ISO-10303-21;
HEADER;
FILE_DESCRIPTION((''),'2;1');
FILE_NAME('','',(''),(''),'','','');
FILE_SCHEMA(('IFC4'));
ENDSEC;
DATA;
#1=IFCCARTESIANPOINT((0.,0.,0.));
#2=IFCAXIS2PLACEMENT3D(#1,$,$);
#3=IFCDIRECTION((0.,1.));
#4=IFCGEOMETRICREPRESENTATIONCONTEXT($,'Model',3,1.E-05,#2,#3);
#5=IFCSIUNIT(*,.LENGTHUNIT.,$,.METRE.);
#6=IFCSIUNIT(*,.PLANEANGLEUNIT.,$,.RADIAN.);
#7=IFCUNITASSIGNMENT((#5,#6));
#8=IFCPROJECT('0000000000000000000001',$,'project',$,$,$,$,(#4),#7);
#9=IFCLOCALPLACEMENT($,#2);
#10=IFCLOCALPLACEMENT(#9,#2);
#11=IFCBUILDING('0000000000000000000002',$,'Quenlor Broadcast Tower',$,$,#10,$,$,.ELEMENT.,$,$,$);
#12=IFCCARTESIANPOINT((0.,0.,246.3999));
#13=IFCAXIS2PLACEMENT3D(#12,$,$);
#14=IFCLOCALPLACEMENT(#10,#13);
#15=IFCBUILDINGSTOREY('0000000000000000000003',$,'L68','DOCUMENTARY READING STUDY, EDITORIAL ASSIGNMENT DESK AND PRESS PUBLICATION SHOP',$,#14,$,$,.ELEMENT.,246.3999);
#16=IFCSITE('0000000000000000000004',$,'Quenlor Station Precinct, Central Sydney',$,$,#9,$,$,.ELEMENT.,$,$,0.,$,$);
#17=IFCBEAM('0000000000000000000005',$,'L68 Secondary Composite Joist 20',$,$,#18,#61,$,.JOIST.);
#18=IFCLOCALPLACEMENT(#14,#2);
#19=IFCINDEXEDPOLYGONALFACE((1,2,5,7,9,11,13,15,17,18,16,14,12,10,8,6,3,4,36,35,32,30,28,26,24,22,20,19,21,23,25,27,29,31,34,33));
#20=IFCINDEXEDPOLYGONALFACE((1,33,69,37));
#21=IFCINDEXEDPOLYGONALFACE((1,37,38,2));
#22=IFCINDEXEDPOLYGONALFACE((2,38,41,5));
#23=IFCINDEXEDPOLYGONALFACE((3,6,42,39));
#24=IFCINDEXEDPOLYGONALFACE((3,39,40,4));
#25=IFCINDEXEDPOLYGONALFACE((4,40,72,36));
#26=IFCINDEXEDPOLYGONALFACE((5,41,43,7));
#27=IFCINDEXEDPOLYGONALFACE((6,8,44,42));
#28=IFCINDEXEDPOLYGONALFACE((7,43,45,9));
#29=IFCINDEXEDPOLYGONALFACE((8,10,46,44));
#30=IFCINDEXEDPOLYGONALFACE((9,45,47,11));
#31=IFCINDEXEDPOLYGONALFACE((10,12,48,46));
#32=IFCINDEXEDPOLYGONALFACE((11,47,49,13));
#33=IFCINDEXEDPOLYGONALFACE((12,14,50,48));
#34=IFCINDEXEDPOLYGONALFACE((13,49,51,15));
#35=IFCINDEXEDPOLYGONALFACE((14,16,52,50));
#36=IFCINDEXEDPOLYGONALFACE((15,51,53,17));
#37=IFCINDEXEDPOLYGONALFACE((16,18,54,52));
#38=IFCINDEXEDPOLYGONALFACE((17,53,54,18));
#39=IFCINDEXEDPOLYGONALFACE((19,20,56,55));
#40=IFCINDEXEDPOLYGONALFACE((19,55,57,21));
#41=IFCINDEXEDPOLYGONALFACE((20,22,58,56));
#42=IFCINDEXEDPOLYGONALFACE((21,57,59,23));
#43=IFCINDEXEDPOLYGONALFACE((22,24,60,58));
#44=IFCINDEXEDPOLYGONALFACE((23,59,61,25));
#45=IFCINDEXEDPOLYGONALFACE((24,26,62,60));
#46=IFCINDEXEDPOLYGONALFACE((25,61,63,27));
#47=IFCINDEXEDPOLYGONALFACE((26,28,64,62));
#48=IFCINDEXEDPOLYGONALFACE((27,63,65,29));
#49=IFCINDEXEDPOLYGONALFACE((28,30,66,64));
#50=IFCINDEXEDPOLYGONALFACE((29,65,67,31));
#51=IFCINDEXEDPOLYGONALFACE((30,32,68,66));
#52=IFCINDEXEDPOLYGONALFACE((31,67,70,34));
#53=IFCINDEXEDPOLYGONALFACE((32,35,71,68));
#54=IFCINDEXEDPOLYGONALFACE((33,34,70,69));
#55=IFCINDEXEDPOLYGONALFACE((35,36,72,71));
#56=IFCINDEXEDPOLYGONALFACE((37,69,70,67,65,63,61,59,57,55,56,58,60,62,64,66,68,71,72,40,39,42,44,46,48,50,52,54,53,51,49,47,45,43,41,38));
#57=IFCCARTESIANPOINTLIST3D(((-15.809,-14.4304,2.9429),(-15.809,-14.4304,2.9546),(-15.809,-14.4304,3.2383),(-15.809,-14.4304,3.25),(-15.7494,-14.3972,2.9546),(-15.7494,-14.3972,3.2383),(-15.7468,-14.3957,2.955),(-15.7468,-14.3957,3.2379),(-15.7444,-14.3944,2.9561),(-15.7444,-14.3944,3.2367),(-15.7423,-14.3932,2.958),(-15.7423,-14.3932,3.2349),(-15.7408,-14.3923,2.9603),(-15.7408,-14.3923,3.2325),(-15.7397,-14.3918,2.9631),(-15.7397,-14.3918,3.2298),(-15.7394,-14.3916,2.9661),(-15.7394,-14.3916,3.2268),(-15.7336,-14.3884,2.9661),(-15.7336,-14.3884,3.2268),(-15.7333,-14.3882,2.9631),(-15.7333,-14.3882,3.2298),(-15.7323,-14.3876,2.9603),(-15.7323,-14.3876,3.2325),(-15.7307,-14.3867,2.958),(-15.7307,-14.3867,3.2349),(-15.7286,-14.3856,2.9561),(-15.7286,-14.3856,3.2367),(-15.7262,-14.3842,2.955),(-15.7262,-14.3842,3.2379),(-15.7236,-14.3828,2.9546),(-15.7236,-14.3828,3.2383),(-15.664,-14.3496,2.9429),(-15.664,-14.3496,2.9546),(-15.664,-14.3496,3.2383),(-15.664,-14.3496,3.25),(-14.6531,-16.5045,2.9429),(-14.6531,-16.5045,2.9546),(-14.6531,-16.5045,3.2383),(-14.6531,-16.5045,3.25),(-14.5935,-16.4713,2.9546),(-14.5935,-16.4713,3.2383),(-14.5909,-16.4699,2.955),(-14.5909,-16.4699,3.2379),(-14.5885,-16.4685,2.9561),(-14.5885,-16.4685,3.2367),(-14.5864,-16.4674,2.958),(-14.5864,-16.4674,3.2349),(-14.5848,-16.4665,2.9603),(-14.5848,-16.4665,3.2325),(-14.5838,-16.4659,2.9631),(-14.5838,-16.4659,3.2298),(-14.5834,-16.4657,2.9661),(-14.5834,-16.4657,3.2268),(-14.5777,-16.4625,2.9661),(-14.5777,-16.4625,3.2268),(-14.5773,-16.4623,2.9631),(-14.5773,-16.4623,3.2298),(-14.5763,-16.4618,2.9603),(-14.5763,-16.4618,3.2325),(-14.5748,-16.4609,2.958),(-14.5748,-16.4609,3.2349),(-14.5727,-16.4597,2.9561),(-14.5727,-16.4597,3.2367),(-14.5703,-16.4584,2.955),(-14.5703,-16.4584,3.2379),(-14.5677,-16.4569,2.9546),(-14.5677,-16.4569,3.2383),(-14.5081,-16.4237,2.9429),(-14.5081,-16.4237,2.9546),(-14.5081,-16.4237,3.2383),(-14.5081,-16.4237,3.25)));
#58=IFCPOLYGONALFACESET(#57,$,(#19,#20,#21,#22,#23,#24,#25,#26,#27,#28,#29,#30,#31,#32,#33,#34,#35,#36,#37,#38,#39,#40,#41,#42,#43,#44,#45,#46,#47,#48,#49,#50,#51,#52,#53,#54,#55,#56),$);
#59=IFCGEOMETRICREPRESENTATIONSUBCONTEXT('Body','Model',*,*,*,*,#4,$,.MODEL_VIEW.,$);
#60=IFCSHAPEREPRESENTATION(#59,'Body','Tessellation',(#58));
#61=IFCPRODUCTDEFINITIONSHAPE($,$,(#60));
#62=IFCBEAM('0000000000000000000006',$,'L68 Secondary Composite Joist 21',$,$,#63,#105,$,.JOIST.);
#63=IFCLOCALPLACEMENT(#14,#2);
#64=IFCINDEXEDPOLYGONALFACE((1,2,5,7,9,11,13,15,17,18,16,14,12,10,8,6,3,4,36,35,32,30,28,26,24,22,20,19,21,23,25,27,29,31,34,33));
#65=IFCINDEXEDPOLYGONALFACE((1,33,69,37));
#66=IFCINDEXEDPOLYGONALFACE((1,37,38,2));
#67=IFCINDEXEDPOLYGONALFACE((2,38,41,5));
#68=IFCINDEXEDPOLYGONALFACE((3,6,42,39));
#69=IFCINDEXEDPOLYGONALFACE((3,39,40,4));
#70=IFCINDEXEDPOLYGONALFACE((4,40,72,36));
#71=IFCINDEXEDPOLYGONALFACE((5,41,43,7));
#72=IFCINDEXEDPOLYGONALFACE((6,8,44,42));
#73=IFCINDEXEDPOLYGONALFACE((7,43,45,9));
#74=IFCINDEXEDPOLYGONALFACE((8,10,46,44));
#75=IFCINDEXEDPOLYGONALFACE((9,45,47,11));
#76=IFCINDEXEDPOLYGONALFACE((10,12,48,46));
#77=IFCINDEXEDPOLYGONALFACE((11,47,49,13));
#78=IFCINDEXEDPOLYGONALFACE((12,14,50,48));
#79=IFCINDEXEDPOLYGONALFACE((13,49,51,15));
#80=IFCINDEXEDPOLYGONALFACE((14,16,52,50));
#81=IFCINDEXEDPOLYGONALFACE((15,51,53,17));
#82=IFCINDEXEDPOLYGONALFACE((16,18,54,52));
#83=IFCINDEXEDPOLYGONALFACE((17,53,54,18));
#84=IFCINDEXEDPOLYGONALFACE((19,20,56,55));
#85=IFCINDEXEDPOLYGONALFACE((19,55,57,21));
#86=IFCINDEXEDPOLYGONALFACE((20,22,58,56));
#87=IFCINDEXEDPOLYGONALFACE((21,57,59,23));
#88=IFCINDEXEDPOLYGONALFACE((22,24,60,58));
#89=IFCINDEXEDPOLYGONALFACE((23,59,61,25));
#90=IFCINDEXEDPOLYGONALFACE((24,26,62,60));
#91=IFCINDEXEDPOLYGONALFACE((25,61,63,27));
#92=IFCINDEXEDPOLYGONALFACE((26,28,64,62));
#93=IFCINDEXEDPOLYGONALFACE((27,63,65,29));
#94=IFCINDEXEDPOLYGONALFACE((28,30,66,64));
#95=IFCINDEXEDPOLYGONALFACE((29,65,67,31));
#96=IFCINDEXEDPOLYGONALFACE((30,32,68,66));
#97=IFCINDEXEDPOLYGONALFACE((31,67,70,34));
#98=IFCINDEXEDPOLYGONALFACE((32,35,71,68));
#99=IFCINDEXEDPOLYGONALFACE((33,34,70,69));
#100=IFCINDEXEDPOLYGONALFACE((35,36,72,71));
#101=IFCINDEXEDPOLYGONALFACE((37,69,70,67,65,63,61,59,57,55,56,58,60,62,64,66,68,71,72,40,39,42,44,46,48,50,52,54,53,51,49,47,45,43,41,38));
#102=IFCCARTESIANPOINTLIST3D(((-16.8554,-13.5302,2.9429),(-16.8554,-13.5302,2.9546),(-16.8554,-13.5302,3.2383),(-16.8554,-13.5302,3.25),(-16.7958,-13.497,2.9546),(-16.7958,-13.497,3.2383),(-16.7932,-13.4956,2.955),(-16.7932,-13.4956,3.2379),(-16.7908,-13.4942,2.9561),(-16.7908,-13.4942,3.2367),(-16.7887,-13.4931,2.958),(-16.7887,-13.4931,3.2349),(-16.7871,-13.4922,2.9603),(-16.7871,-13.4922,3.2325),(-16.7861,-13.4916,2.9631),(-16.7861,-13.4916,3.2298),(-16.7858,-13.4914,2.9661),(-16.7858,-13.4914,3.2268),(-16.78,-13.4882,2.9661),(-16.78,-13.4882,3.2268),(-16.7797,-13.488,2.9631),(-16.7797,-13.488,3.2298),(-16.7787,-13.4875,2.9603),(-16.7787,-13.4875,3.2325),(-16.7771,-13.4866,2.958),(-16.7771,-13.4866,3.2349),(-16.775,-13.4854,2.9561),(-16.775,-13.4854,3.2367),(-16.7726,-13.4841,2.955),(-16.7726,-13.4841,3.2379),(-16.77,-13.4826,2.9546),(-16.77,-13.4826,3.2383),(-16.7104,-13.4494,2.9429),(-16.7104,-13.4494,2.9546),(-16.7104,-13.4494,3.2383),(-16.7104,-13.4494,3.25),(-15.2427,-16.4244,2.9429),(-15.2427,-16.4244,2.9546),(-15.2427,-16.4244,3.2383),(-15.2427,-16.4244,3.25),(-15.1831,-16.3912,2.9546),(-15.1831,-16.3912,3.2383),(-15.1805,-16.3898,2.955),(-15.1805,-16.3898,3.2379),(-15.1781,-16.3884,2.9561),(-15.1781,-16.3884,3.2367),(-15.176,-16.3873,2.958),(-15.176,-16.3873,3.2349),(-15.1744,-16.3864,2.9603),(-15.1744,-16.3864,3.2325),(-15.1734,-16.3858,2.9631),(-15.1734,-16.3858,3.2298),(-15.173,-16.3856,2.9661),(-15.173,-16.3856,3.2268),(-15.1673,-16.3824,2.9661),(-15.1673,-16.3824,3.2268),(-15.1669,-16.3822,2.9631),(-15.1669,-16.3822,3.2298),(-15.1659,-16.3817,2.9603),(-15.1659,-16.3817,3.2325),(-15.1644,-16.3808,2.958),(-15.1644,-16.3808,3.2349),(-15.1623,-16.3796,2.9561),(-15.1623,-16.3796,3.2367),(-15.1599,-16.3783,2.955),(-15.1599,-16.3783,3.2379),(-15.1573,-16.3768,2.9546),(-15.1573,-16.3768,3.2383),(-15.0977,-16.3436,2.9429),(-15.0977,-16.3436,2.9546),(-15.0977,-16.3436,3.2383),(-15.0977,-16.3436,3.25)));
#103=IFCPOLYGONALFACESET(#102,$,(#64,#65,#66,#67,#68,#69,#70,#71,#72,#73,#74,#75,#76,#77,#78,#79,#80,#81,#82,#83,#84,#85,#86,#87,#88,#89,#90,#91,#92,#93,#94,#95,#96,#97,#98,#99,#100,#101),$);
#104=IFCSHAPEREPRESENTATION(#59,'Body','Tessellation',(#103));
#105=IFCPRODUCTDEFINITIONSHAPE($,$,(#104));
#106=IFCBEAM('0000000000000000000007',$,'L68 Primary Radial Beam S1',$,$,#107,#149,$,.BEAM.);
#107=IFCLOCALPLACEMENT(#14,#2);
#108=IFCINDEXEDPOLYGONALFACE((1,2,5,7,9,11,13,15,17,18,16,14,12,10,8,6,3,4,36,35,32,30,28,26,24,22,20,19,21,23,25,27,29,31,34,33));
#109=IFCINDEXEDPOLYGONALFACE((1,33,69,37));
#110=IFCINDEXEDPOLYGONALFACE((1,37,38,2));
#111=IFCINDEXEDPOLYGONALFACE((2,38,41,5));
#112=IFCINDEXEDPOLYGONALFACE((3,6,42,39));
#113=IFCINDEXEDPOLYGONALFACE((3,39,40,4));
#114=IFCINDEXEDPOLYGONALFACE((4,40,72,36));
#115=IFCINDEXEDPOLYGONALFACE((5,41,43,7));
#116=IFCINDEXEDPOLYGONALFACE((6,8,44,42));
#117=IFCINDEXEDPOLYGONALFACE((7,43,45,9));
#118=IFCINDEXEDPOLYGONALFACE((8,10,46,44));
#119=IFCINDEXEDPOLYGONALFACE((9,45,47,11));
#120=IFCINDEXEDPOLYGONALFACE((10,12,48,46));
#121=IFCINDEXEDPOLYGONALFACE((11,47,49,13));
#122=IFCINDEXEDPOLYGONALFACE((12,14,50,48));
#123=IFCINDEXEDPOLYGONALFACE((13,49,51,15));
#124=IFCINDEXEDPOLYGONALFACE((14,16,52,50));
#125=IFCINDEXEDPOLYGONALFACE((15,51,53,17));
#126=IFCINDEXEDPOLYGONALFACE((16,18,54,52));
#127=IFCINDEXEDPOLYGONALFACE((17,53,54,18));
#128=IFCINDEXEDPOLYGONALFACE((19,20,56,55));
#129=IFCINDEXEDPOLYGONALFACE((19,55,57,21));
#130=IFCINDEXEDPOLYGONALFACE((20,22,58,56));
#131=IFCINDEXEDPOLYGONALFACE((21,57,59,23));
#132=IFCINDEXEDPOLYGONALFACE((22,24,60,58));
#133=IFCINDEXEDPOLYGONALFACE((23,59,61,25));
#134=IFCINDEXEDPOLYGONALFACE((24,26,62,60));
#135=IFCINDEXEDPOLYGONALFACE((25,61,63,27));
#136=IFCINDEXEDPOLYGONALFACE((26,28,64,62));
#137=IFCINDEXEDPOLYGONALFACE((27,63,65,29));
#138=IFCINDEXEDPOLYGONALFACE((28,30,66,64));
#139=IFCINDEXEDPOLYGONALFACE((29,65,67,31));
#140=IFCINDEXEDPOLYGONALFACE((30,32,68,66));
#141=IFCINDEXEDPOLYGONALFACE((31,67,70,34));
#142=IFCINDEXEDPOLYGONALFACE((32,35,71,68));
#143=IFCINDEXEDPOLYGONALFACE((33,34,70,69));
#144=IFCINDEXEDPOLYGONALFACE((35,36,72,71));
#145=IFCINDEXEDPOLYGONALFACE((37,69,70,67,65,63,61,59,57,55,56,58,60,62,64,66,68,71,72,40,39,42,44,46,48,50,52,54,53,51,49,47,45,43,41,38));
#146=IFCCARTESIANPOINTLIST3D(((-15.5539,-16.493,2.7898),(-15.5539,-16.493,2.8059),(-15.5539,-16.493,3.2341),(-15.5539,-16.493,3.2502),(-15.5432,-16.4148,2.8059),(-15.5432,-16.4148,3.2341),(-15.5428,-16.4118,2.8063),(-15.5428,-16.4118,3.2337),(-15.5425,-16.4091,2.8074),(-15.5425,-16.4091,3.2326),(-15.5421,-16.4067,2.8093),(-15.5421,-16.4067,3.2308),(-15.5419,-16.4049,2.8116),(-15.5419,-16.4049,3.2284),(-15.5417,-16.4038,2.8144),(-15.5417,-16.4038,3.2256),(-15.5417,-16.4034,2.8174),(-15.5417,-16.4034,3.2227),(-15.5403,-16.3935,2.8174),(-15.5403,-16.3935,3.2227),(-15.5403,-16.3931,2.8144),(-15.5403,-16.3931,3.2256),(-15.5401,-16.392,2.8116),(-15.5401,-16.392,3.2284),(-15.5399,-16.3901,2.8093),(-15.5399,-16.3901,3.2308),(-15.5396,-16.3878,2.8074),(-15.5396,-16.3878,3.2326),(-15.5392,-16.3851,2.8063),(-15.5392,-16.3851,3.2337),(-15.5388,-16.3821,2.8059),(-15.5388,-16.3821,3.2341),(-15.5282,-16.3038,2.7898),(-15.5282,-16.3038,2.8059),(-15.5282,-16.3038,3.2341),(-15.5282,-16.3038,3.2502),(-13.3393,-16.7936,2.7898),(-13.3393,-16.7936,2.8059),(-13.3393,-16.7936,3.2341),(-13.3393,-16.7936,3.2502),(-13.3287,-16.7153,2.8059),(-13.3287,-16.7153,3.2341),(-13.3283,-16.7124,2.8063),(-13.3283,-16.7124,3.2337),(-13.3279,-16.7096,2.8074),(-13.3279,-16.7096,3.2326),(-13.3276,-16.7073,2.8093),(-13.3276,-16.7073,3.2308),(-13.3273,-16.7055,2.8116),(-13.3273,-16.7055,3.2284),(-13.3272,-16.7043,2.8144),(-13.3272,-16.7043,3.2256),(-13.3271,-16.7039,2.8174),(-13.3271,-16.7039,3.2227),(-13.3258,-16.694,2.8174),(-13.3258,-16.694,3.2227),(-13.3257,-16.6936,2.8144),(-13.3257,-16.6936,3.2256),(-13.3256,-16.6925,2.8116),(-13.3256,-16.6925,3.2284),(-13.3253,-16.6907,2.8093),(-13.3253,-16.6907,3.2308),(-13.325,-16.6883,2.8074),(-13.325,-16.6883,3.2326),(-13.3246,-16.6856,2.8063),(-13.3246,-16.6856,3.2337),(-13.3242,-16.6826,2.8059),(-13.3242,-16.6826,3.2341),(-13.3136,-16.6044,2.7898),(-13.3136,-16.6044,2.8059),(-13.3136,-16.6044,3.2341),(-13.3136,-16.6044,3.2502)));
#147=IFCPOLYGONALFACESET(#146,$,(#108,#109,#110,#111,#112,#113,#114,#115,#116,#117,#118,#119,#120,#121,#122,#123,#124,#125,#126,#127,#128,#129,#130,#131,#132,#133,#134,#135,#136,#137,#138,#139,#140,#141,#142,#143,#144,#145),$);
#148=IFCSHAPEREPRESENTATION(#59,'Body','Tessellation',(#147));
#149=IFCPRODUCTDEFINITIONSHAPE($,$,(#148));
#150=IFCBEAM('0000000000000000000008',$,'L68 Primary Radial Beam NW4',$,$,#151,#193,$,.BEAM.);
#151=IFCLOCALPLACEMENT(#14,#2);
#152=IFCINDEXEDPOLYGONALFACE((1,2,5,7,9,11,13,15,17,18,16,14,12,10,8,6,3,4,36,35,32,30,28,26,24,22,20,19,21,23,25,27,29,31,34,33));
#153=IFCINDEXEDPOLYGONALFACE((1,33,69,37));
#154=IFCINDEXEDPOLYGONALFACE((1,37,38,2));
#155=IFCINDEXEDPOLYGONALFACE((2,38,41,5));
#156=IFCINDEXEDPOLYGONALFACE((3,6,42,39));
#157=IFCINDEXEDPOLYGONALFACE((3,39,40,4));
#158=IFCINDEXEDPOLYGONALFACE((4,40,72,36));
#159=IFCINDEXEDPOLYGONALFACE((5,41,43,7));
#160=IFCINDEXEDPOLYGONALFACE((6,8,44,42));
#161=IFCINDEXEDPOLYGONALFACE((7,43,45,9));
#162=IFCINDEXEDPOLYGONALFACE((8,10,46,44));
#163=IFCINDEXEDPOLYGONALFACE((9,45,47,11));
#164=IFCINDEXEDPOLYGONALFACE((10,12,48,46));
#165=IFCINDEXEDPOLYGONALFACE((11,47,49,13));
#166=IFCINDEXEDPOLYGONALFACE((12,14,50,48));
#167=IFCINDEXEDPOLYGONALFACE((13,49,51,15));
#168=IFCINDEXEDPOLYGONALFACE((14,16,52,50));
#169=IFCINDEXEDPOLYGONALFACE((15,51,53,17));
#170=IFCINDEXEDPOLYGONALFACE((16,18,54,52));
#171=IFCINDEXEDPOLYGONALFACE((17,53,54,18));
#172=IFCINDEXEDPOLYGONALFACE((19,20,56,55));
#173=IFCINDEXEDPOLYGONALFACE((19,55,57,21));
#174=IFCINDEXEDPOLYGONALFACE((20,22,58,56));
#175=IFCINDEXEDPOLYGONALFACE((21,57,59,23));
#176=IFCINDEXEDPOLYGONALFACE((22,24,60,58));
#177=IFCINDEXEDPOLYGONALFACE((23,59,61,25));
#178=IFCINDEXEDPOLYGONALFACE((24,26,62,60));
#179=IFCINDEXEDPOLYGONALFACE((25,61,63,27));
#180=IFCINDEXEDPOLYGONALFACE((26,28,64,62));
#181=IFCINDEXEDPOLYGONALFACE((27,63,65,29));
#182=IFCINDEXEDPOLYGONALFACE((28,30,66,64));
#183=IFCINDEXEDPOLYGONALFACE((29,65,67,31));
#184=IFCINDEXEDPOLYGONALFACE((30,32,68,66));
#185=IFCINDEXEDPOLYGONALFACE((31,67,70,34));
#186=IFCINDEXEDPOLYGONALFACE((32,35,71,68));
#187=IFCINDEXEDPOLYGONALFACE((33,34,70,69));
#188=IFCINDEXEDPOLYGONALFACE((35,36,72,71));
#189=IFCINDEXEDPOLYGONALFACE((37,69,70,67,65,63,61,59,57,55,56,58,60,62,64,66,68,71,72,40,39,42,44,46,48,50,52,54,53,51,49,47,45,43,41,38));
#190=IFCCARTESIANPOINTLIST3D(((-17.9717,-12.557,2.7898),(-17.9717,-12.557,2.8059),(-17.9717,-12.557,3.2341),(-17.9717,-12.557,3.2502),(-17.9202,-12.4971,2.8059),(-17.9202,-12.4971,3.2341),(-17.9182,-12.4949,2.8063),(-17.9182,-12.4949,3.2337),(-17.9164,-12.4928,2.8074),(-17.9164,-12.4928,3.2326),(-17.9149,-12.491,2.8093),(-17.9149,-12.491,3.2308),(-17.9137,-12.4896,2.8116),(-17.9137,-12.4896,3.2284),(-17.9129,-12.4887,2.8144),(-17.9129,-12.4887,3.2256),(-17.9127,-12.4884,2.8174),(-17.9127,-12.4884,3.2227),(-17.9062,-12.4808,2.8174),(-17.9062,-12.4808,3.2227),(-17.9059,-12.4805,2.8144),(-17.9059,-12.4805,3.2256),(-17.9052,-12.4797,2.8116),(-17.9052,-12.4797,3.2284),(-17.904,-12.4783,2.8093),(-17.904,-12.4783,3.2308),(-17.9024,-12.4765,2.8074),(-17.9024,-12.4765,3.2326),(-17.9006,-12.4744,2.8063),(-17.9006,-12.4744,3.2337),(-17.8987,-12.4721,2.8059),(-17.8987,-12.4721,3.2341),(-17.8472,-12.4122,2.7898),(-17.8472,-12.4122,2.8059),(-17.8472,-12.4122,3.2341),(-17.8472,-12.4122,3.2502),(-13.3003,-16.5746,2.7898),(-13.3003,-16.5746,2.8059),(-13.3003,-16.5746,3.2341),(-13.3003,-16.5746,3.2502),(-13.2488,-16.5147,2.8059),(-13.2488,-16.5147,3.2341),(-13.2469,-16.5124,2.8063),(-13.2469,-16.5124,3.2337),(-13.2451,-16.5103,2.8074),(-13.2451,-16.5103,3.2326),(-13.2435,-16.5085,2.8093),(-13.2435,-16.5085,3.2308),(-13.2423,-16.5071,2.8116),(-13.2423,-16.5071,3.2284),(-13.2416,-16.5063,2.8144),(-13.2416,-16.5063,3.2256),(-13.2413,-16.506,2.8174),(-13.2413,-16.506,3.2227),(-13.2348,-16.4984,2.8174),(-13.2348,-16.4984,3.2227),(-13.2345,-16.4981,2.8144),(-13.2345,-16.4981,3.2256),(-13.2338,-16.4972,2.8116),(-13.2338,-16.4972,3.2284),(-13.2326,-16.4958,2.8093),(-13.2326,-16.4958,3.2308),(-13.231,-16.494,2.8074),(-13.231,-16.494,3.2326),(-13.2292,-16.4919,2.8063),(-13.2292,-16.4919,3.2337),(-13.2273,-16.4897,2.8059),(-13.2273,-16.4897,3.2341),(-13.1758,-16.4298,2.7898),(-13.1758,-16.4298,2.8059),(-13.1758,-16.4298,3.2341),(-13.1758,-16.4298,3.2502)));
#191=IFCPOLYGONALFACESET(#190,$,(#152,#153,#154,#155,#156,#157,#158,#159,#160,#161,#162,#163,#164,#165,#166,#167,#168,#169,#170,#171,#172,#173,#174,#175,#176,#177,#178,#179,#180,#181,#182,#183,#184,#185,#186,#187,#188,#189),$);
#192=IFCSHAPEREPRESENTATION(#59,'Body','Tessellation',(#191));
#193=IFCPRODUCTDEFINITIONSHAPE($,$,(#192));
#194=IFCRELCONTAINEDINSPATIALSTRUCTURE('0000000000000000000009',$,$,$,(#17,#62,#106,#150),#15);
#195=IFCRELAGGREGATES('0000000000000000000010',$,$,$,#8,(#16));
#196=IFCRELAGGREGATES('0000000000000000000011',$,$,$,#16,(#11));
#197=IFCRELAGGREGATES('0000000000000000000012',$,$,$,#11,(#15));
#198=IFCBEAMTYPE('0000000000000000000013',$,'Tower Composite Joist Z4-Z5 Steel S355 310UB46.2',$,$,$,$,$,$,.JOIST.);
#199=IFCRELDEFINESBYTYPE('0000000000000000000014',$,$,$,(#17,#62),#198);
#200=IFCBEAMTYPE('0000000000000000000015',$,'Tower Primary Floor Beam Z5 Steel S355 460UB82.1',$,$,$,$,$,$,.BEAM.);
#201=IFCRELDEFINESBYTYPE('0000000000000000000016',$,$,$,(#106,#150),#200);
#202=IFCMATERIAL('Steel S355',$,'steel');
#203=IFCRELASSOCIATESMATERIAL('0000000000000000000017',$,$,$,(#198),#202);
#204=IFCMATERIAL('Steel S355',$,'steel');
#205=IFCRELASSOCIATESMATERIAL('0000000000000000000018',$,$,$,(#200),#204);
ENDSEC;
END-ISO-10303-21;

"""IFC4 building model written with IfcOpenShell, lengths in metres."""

from ifc_helpers import new_model, si_unit, direction, frame, origin, origin_2d, place, context, subcontext, project, spatial, i_section, extrude, material, material_profile, profile_set, type_object, element, save


model = new_model("IFC4")

# Units and contexts
model_context = context("Model", 3, precision=1e-05, world=origin(), true_north=direction((0.0, 1.0)))
body_context = subcontext(model_context, "Body", "Model", "MODEL_VIEW")
ifc_project = project(units=[si_unit("LENGTHUNIT", "METRE"), si_unit("PLANEANGLEUNIT", "RADIAN")], contexts=[model_context])

# Site, building, storey
site_placement = place(None, origin())
site = spatial("IfcSite", under=ifc_project, at=site_placement, Name="Quenlor Station Precinct, Central Sydney", CompositionType="ELEMENT", RefElevation=0.0)
building_placement = place(site_placement, origin())
building = spatial("IfcBuilding", under=site, at=building_placement, Name="Quenlor Broadcast Tower", CompositionType="ELEMENT")
storey_placement = place(building_placement, frame((0.0, 0.0, 246.3999)))
storey = spatial("IfcBuildingStorey", under=building, at=storey_placement, Name="L68", Description="DOCUMENTARY READING STUDY, EDITORIAL ASSIGNMENT DESK AND PRESS PUBLICATION SHOP", CompositionType="ELEMENT", Elevation=246.3999)

# Beams
ifc_material_1 = material(Name="Steel S355", Category="steel")
ifc_material_profile_1 = material_profile(ifc_material_1, i_section(OverallWidth=0.166, OverallDepth=0.3071, WebThickness=0.0066, FlangeThickness=0.0117, FilletRadius=0.0115, at=origin_2d()))
ifc_profile_set_1 = profile_set([ifc_material_profile_1], Name="Steel S355 310UB46.2")
beam_type_1 = type_object("IfcBeamType", Name="Tower Composite Joist Z4-Z5 Steel S355 310UB46.2", PredefinedType="JOIST", material=ifc_profile_set_1)
beam_1_placement = place(storey_placement, frame((-14.5806, -16.4641, 3.0964), z_axis=(-0.486821, 0.873502, 0.0), x_axis=(-0.873502, -0.486821, 0.0)))
element("IfcBeam", 1, at=beam_1_placement, inside=storey, type_object=beam_type_1, Name="L68 Secondary Composite Joist 20", PredefinedType="JOIST", context=body_context, shape_type="SweptSolid", body=[
    extrude(i_section(OverallWidth=0.166, OverallDepth=0.3071, WebThickness=0.0066, FlangeThickness=0.0117, FilletRadius=0.0115, at=origin_2d()), origin(), (0.0, 0.0, 1.0), 2.3745),
])
beam_2_placement = place(storey_placement, frame((-15.1702, -16.384, 3.0964), z_axis=(-0.486762, 0.873534, 0.0), x_axis=(-0.873534, -0.486762, 0.0)))
element("IfcBeam", 2, at=beam_2_placement, inside=storey, type_object=beam_type_1, Name="L68 Secondary Composite Joist 21", PredefinedType="JOIST", context=body_context, shape_type="SweptSolid", body=[
    extrude(i_section(OverallWidth=0.166, OverallDepth=0.3071, WebThickness=0.0066, FlangeThickness=0.0117, FilletRadius=0.0115, at=origin_2d()), origin(), (0.0, 0.0, 1.0), 3.3132),
])
ifc_material_2 = material(Name="Steel S355", Category="steel")
ifc_material_profile_2 = material_profile(ifc_material_2, i_section(OverallWidth=0.1909, OverallDepth=0.4604, WebThickness=0.01, FlangeThickness=0.0161, FilletRadius=0.0115, at=origin_2d()))
ifc_profile_set_2 = profile_set([ifc_material_profile_2], Name="Steel S355 460UB82.1")
beam_type_2 = type_object("IfcBeamType", Name="Tower Primary Floor Beam Z5 Steel S355 460UB82.1", PredefinedType="BEAM", material=ifc_profile_set_2)
beam_3_placement = place(storey_placement, frame((-15.541, -16.3984, 3.02), z_axis=(0.990917, -0.134475, 0.0), x_axis=(0.134475, 0.990917, 0.0)))
element("IfcBeam", 3, at=beam_3_placement, inside=storey, type_object=beam_type_2, Name="L68 Primary Radial Beam S1", PredefinedType="BEAM", context=body_context, shape_type="SweptSolid", body=[
    extrude(i_section(OverallWidth=0.1909, OverallDepth=0.4604, WebThickness=0.01, FlangeThickness=0.0161, FilletRadius=0.0115, at=origin_2d()), origin(), (0.0, 0.0, 1.0), 2.2349),
])
beam_4_placement = place(storey_placement, frame((-17.9094, -12.4846, 3.02), z_axis=(0.75817, -0.652057, 0.0), x_axis=(0.652057, 0.75817, 0.0)))
element("IfcBeam", 4, at=beam_4_placement, inside=storey, type_object=beam_type_2, Name="L68 Primary Radial Beam NW4", PredefinedType="BEAM", context=body_context, shape_type="SweptSolid", body=[
    extrude(i_section(OverallWidth=0.1909, OverallDepth=0.4604, WebThickness=0.01, FlangeThickness=0.0161, FilletRadius=0.0115, at=origin_2d()), origin(), (0.0, 0.0, 1.0), 6.1614),
])

save(model, "model.ifc")
